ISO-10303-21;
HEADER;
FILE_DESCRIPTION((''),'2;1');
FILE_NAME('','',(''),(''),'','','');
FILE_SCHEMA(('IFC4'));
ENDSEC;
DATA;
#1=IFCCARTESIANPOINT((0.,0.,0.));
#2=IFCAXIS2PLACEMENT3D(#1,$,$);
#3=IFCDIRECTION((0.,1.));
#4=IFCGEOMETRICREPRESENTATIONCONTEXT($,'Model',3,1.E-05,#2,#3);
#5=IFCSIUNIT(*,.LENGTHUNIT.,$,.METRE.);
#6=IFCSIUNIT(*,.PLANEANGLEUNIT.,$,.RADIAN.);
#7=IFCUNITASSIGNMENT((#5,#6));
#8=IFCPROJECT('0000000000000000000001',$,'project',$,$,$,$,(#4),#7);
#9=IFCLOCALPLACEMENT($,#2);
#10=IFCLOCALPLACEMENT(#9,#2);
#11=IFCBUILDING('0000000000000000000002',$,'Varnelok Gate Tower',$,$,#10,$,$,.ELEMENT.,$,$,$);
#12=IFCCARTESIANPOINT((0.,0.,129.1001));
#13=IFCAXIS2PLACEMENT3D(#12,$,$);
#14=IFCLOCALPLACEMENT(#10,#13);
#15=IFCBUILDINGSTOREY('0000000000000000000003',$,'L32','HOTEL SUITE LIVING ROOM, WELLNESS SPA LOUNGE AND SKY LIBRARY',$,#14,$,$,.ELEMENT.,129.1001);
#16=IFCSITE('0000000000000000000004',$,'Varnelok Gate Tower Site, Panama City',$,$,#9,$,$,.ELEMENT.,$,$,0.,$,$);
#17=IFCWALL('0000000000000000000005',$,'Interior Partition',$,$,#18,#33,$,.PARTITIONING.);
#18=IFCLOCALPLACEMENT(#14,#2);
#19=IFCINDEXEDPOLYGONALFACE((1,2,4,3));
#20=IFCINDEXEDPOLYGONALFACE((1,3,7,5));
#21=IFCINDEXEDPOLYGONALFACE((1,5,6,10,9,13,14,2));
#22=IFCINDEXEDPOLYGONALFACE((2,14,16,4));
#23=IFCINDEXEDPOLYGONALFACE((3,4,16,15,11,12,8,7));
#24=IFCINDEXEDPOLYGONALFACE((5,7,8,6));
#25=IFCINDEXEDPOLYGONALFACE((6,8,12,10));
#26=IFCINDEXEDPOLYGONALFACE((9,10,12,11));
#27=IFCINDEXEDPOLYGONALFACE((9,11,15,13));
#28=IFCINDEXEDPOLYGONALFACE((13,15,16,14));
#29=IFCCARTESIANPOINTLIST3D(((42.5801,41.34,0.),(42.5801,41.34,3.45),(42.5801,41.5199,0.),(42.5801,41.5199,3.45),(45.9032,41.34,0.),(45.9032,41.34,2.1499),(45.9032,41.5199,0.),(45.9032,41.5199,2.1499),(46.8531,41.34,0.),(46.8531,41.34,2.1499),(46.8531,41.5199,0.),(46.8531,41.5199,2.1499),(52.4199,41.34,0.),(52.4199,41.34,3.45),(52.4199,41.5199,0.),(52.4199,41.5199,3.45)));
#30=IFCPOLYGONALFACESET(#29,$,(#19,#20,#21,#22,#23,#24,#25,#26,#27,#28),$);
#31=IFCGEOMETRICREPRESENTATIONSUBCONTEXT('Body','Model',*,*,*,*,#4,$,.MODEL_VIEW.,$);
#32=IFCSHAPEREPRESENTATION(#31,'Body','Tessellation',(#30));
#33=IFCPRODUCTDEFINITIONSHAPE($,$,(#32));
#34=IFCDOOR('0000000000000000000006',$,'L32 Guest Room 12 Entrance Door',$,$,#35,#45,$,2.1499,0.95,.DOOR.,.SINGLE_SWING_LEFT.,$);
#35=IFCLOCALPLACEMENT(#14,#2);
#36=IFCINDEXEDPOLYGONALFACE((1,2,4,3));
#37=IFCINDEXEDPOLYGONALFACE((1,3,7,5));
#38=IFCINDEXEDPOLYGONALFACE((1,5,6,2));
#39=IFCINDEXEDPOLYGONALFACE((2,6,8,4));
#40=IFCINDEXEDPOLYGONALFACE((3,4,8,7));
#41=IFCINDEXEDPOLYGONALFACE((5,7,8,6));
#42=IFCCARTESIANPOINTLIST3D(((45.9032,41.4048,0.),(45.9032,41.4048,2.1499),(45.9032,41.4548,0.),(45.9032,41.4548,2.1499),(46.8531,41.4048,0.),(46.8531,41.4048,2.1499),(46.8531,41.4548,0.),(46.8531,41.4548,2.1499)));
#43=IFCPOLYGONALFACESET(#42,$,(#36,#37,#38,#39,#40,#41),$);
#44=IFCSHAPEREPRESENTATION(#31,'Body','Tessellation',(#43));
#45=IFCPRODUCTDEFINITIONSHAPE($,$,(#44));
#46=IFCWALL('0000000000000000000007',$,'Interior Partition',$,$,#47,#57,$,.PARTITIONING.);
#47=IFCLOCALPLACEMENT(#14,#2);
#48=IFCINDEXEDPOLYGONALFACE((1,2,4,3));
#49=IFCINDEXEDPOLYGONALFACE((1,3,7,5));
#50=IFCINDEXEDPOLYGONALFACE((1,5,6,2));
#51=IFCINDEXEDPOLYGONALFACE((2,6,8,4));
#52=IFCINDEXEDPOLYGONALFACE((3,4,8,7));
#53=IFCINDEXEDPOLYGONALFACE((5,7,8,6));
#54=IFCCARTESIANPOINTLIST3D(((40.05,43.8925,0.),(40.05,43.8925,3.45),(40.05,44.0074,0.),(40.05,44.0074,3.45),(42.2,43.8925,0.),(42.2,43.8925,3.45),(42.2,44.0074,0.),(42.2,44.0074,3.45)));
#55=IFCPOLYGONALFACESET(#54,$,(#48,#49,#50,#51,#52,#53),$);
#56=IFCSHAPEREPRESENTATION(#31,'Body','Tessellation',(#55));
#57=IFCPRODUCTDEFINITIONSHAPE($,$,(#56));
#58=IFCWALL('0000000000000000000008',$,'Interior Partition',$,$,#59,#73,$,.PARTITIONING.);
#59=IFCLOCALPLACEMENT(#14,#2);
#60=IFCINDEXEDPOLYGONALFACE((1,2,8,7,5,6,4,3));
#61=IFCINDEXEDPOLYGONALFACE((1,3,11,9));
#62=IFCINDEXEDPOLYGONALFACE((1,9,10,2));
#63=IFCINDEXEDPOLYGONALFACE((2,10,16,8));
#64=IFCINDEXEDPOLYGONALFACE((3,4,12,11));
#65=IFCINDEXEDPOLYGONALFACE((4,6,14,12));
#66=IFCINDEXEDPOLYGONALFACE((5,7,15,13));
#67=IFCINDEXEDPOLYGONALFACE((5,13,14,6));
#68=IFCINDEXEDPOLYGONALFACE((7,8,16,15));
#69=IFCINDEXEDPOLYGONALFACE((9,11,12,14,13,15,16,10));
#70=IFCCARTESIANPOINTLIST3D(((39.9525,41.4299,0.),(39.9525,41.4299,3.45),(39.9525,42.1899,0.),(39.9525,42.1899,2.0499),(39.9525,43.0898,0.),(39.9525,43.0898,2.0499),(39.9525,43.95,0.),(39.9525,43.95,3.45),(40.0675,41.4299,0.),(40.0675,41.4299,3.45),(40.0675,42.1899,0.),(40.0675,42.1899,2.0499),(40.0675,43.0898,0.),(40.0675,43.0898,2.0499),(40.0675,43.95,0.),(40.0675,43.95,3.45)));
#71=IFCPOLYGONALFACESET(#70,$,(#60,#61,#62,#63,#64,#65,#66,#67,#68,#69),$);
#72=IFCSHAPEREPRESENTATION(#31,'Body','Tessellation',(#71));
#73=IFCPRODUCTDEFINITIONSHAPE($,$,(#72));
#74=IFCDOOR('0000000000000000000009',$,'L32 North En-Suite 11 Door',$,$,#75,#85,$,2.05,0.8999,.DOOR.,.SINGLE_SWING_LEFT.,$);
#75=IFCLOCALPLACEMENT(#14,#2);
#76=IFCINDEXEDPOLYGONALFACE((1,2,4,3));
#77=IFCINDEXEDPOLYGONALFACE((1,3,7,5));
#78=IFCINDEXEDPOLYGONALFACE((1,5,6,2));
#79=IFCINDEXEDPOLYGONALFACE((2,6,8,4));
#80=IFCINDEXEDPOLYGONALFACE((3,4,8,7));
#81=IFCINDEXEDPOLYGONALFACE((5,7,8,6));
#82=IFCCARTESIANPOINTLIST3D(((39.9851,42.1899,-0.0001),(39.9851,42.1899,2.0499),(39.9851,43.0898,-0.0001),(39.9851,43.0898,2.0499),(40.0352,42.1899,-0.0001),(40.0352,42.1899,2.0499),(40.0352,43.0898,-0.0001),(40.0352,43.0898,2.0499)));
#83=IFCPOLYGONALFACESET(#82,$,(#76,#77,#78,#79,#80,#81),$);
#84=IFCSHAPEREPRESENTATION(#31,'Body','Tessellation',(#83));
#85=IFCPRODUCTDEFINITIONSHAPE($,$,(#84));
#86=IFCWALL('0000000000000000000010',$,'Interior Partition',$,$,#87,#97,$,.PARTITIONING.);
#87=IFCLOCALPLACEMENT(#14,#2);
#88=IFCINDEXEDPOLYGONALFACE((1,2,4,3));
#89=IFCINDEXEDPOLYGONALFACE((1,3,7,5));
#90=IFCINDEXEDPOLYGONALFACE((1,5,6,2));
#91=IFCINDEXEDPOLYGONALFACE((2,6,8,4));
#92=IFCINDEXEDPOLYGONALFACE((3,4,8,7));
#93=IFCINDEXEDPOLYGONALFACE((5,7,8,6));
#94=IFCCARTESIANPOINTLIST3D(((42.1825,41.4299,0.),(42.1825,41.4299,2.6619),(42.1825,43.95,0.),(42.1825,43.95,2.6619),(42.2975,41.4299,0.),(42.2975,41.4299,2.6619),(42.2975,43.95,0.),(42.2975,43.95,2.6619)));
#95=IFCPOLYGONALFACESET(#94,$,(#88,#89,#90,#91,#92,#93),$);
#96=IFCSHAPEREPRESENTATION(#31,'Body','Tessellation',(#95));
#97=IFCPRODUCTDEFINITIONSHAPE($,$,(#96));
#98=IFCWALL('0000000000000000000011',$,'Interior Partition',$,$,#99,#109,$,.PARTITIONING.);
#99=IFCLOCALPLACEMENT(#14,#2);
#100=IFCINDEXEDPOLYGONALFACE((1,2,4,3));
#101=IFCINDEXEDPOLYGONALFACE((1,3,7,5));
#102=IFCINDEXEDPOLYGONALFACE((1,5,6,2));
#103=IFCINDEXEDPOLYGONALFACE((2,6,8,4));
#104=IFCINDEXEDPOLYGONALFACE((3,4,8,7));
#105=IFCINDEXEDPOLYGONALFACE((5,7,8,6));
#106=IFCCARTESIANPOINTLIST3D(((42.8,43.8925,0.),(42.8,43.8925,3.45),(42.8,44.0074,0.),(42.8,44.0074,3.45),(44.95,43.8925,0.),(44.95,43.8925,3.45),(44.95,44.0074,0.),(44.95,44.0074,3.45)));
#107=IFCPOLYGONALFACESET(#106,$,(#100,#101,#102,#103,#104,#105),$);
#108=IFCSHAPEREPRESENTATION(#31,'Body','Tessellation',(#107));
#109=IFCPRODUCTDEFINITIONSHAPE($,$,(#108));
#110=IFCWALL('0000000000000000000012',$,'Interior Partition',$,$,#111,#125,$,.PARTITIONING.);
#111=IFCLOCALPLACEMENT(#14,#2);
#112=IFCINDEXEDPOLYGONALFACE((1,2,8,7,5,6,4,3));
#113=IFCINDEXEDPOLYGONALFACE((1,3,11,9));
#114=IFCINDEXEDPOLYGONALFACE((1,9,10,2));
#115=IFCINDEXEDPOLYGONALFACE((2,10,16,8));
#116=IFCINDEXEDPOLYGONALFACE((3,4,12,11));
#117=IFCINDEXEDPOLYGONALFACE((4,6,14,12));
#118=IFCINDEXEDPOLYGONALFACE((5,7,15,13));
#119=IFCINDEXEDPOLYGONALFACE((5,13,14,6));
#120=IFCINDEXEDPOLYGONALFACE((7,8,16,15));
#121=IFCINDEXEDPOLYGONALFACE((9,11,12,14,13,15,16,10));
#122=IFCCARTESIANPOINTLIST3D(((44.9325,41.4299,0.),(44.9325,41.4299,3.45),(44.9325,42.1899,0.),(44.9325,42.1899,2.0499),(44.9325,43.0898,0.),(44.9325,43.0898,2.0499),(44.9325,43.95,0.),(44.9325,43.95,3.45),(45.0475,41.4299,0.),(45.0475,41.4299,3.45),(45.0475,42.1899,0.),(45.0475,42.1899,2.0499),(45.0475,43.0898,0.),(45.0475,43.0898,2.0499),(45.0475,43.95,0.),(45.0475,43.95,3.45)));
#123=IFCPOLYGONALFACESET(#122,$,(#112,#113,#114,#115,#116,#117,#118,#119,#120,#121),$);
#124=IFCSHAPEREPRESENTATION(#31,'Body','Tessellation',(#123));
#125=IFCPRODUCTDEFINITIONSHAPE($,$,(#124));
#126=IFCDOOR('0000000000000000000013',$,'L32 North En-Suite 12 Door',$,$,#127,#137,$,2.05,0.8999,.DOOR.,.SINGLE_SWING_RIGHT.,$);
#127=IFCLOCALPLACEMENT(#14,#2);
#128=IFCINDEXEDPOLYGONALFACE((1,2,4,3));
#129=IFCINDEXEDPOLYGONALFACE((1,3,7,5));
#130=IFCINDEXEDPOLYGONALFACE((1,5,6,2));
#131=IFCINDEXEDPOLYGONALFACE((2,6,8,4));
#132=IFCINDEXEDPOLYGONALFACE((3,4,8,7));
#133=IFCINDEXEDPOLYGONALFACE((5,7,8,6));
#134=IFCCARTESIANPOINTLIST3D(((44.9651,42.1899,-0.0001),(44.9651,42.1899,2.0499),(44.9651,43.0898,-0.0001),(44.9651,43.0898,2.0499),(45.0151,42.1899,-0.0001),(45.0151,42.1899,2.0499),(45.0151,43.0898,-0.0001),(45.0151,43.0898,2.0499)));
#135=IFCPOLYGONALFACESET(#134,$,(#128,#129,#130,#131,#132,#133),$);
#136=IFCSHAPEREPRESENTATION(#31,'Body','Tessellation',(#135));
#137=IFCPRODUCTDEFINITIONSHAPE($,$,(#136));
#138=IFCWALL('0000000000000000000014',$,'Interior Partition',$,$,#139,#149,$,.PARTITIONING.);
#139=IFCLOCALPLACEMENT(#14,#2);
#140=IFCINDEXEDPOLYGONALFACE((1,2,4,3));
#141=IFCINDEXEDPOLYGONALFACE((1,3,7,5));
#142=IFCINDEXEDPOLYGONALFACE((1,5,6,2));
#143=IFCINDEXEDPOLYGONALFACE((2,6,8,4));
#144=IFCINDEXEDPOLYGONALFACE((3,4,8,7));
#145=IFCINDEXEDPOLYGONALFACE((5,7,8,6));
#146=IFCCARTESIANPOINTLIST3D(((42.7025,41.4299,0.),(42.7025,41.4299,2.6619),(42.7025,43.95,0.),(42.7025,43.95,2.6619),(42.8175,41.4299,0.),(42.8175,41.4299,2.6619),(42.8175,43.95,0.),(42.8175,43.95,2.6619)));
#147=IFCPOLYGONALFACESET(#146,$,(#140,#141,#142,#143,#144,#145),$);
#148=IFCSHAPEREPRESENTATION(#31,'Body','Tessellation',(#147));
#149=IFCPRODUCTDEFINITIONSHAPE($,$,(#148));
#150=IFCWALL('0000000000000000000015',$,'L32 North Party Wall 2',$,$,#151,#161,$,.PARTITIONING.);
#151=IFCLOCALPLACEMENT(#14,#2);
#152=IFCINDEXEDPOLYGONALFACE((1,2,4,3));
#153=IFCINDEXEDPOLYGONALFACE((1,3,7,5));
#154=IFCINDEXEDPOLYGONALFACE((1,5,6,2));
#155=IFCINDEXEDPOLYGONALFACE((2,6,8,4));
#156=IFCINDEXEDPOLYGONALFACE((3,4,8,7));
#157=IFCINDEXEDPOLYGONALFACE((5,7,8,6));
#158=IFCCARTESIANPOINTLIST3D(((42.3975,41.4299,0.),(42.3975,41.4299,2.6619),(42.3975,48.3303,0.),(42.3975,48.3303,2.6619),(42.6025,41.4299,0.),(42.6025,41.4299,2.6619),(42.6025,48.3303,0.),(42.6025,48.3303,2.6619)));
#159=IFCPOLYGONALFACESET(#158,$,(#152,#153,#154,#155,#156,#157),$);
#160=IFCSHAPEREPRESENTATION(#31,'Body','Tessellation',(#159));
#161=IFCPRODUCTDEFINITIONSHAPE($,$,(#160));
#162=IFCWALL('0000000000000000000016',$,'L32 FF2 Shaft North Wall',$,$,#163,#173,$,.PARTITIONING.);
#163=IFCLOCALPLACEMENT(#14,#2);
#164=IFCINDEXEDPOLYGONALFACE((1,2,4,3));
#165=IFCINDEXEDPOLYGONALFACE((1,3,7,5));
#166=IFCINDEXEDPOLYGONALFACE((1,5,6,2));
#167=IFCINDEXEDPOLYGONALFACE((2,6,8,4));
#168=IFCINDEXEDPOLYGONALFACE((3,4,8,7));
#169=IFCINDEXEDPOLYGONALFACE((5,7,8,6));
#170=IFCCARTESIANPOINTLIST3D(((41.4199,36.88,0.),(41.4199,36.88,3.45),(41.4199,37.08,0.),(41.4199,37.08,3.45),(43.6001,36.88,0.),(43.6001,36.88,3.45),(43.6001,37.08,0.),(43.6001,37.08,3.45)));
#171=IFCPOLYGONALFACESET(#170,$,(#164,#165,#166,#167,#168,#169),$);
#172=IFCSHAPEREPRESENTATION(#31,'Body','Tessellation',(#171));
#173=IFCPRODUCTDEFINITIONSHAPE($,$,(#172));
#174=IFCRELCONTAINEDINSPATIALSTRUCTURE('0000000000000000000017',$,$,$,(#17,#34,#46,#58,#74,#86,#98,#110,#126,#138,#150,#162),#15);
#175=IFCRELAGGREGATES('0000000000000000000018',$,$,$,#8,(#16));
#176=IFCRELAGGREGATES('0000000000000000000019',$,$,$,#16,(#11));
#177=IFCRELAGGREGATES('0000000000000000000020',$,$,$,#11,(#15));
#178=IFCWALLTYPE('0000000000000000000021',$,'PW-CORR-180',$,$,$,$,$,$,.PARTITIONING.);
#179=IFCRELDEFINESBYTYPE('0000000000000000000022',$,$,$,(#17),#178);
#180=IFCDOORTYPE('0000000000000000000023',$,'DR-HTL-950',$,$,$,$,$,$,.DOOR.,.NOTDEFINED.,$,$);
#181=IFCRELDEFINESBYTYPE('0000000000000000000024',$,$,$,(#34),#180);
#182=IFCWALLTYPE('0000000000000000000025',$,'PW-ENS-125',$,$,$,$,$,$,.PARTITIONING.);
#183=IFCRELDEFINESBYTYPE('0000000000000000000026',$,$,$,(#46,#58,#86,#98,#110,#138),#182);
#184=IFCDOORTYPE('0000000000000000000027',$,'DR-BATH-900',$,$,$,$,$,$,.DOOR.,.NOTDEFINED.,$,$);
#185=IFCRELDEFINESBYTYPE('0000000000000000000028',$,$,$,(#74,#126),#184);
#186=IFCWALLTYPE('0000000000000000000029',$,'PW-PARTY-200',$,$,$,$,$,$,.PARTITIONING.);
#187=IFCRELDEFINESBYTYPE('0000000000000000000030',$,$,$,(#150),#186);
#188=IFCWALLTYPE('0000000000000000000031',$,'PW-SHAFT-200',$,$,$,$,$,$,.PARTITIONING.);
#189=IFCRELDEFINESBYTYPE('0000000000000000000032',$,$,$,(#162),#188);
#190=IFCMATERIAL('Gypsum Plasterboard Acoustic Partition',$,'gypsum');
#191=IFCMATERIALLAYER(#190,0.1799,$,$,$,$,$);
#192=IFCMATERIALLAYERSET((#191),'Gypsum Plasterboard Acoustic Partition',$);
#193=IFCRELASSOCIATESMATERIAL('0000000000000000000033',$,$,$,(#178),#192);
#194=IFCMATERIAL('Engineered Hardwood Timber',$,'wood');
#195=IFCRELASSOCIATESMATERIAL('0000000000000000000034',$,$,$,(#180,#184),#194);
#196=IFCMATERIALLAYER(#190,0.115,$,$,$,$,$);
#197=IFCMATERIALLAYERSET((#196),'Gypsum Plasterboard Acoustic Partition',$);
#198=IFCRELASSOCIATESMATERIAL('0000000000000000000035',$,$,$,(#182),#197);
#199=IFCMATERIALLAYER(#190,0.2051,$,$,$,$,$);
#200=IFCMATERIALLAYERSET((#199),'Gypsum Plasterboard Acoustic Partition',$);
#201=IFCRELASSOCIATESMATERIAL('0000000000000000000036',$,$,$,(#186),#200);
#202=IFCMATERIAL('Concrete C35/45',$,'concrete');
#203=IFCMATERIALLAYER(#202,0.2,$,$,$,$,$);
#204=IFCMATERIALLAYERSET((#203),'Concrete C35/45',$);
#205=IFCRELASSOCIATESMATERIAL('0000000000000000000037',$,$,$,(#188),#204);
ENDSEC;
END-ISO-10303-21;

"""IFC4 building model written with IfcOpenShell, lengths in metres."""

from ifc_helpers import new_model, si_unit, direction, frame, frame_2d, origin, place, context, subcontext, project, spatial, rectangle, extrude, material, layer, layer_set, type_object, element, fill, save


model = new_model("IFC4")

# Units and contexts
model_context = context("Model", 3, precision=1e-05, world=origin(), true_north=direction((0.0, 1.0)))
body_context = subcontext(model_context, "Body", "Model", "MODEL_VIEW")
ifc_project = project(units=[si_unit("LENGTHUNIT", "METRE"), si_unit("PLANEANGLEUNIT", "RADIAN")], contexts=[model_context])

# Site, building, storey
site_placement = place(None, origin())
site = spatial("IfcSite", under=ifc_project, at=site_placement, Name="Varnelok Gate Tower Site, Panama City", CompositionType="ELEMENT", RefElevation=0.0)
building_placement = place(site_placement, origin())
building = spatial("IfcBuilding", under=site, at=building_placement, Name="Varnelok Gate Tower", CompositionType="ELEMENT")
storey_placement = place(building_placement, frame((0.0, 0.0, 129.1001)))
storey = spatial("IfcBuildingStorey", under=building, at=storey_placement, Name="L32", Description="HOTEL SUITE LIVING ROOM, WELLNESS SPA LOUNGE AND SKY LIBRARY", CompositionType="ELEMENT", Elevation=129.1001)

# Wall, opening, door
ifc_material_1 = material(Name="Gypsum Plasterboard Acoustic Partition", Category="gypsum")
ifc_layer_1 = layer(ifc_material_1, 0.1799)
ifc_layer_set_1 = layer_set([ifc_layer_1], Name="Gypsum Plasterboard Acoustic Partition")
wall_type_1 = type_object("IfcWallType", Name="PW-CORR-180", PredefinedType="PARTITIONING", material=ifc_layer_set_1)
wall_1_placement = place(storey_placement, frame((42.5801, 41.4299, 0.0), z_axis=(0.0, 0.0, 1.0), x_axis=(1.0, 0.0, 0.0)))
wall_1 = element("IfcWall", 1, at=wall_1_placement, inside=storey, type_object=wall_type_1, Name="Interior Partition", PredefinedType="PARTITIONING", context=body_context, shape_type="SweptSolid", body=[
    extrude(rectangle(XDim=9.8398, YDim=0.1799, at=frame_2d((4.9199, 0.0))), origin(), (0.0, 0.0, 1.0), 3.45),
])
opening_1_placement = place(wall_1_placement, frame((3.323, 0.0, 0.0)))
opening_1 = element("IfcOpeningElement", 2, at=opening_1_placement, cuts=wall_1, PredefinedType="OPENING", context=body_context, shape_type="SweptSolid", body=[
    extrude(rectangle(XDim=0.95, YDim=2.1499, at=frame_2d((0.4751, 1.075))), frame((0.0, 0.0999, 0.0), z_axis=(0.0, -1.0, 0.0), x_axis=(1.0, 0.0, 0.0)), (0.0, 0.0, 1.0), 0.2),
])
ifc_material_2 = material(Name="Engineered Hardwood Timber", Category="wood")
door_type_1 = type_object("IfcDoorType", Name="DR-HTL-950", OperationType="NOTDEFINED", PredefinedType="DOOR", material=ifc_material_2)
door_1_placement = place(opening_1_placement, origin())
door_1 = element("IfcDoor", 3, at=door_1_placement, inside=storey, type_object=door_type_1, Name="L32 Guest Room 12 Entrance Door", OperationType="SINGLE_SWING_LEFT", OverallHeight=2.1499, OverallWidth=0.95, PredefinedType="DOOR", context=body_context, shape_type="SweptSolid", body=[
    extrude(rectangle(XDim=0.95, YDim=2.1499, at=frame_2d((0.4751, 1.075))), frame((0.0, 0.0249, 0.0), z_axis=(0.0, -1.0, 0.0), x_axis=(1.0, 0.0, 0.0)), (0.0, 0.0, 1.0), 0.05),
])
fill(opening_1, door_1)

# Wall
ifc_layer_2 = layer(ifc_material_1, 0.115)
ifc_layer_set_2 = layer_set([ifc_layer_2], Name="Gypsum Plasterboard Acoustic Partition")
wall_type_2 = type_object("IfcWallType", Name="PW-ENS-125", PredefinedType="PARTITIONING", material=ifc_layer_set_2)
wall_2_placement = place(storey_placement, frame((40.05, 43.95, 0.0), z_axis=(0.0, 0.0, 1.0), x_axis=(1.0, 0.0, 0.0)))
element("IfcWall", 4, at=wall_2_placement, inside=storey, type_object=wall_type_2, Name="Interior Partition", PredefinedType="PARTITIONING", context=body_context, shape_type="SweptSolid", body=[
    extrude(rectangle(XDim=2.1499, YDim=0.115, at=frame_2d((1.075, 0.0))), origin(), (0.0, 0.0, 1.0), 3.45),
])

# Wall, opening, door
wall_3_placement = place(storey_placement, frame((40.01, 41.4299, 0.0), z_axis=(0.0, 0.0, 1.0), x_axis=(0.0, 1.0, 0.0)))
wall_3 = element("IfcWall", 5, at=wall_3_placement, inside=storey, type_object=wall_type_2, Name="Interior Partition", PredefinedType="PARTITIONING", context=body_context, shape_type="SweptSolid", body=[
    extrude(rectangle(XDim=2.52, YDim=0.115, at=frame_2d((1.26, 0.0))), origin(), (0.0, 0.0, 1.0), 3.45),
])
opening_2_placement = place(wall_3_placement, frame((0.76, 0.0, 0.0)))
opening_2 = element("IfcOpeningElement", 6, at=opening_2_placement, cuts=wall_3, PredefinedType="OPENING", context=body_context, shape_type="SweptSolid", body=[
    extrude(rectangle(XDim=0.8999, YDim=2.05, at=frame_2d((0.45, 1.0249))), frame((0.0, 0.0674, 0.0), z_axis=(0.0, -1.0, 0.0), x_axis=(1.0, 0.0, 0.0)), (0.0, 0.0, 1.0), 0.135),
])
door_type_2 = type_object("IfcDoorType", Name="DR-BATH-900", OperationType="NOTDEFINED", PredefinedType="DOOR", material=ifc_material_2)
door_2_placement = place(opening_2_placement, origin())
door_2 = element("IfcDoor", 7, at=door_2_placement, inside=storey, type_object=door_type_2, Name="L32 North En-Suite 11 Door", OperationType="SINGLE_SWING_LEFT", OverallHeight=2.05, OverallWidth=0.8999, PredefinedType="DOOR", context=body_context, shape_type="SweptSolid", body=[
    extrude(rectangle(XDim=0.8999, YDim=2.05, at=frame_2d((0.45, 1.0249))), frame((0.0, 0.0249, 0.0), z_axis=(0.0, -1.0, 0.0), x_axis=(1.0, 0.0, 0.0)), (0.0, 0.0, 1.0), 0.05),
])
fill(opening_2, door_2)

# Walls
wall_4_placement = place(storey_placement, frame((42.24, 41.4299, 0.0), z_axis=(0.0, 0.0, 1.0), x_axis=(0.0, 1.0, 0.0)))
element("IfcWall", 8, at=wall_4_placement, inside=storey, type_object=wall_type_2, Name="Interior Partition", PredefinedType="PARTITIONING", context=body_context, shape_type="SweptSolid", body=[
    extrude(rectangle(XDim=2.52, YDim=0.115, at=frame_2d((1.26, 0.0))), origin(), (0.0, 0.0, 1.0), 2.6619),
])
wall_5_placement = place(storey_placement, frame((42.8, 43.95, 0.0), z_axis=(0.0, 0.0, 1.0), x_axis=(1.0, 0.0, 0.0)))
element("IfcWall", 9, at=wall_5_placement, inside=storey, type_object=wall_type_2, Name="Interior Partition", PredefinedType="PARTITIONING", context=body_context, shape_type="SweptSolid", body=[
    extrude(rectangle(XDim=2.1499, YDim=0.115, at=frame_2d((1.075, 0.0))), origin(), (0.0, 0.0, 1.0), 3.45),
])

# Wall, opening, door
wall_6_placement = place(storey_placement, frame((44.99, 41.4299, 0.0), z_axis=(0.0, 0.0, 1.0), x_axis=(0.0, 1.0, 0.0)))
wall_6 = element("IfcWall", 10, at=wall_6_placement, inside=storey, type_object=wall_type_2, Name="Interior Partition", PredefinedType="PARTITIONING", context=body_context, shape_type="SweptSolid", body=[
    extrude(rectangle(XDim=2.52, YDim=0.115, at=frame_2d((1.26, 0.0))), origin(), (0.0, 0.0, 1.0), 3.45),
])
opening_3_placement = place(wall_6_placement, frame((0.76, 0.0, 0.0)))
opening_3 = element("IfcOpeningElement", 11, at=opening_3_placement, cuts=wall_6, PredefinedType="OPENING", context=body_context, shape_type="SweptSolid", body=[
    extrude(rectangle(XDim=0.8999, YDim=2.05, at=frame_2d((0.45, 1.0249))), frame((0.0, 0.0674, 0.0), z_axis=(0.0, -1.0, 0.0), x_axis=(1.0, 0.0, 0.0)), (0.0, 0.0, 1.0), 0.135),
])
door_3_placement = place(opening_3_placement, origin())
door_3 = element("IfcDoor", 12, at=door_3_placement, inside=storey, type_object=door_type_2, Name="L32 North En-Suite 12 Door", OperationType="SINGLE_SWING_RIGHT", OverallHeight=2.05, OverallWidth=0.8999, PredefinedType="DOOR", context=body_context, shape_type="SweptSolid", body=[
    extrude(rectangle(XDim=0.8999, YDim=2.05, at=frame_2d((0.45, 1.0249))), frame((0.0, 0.0249, 0.0), z_axis=(0.0, -1.0, 0.0), x_axis=(1.0, 0.0, 0.0)), (0.0, 0.0, 1.0), 0.05),
])
fill(opening_3, door_3)

# Walls
wall_7_placement = place(storey_placement, frame((42.76, 41.4299, 0.0), z_axis=(0.0, 0.0, 1.0), x_axis=(0.0, 1.0, 0.0)))
element("IfcWall", 13, at=wall_7_placement, inside=storey, type_object=wall_type_2, Name="Interior Partition", PredefinedType="PARTITIONING", context=body_context, shape_type="SweptSolid", body=[
    extrude(rectangle(XDim=2.52, YDim=0.115, at=frame_2d((1.26, 0.0))), origin(), (0.0, 0.0, 1.0), 2.6619),
])
ifc_layer_3 = layer(ifc_material_1, 0.2051)
ifc_layer_set_3 = layer_set([ifc_layer_3], Name="Gypsum Plasterboard Acoustic Partition")
wall_type_3 = type_object("IfcWallType", Name="PW-PARTY-200", PredefinedType="PARTITIONING", material=ifc_layer_set_3)
wall_8_placement = place(storey_placement, frame((42.5, 41.4299, 0.0), z_axis=(0.0, 0.0, 1.0), x_axis=(0.0, 1.0, 0.0)))
element("IfcWall", 14, at=wall_8_placement, inside=storey, type_object=wall_type_3, Name="L32 North Party Wall 2", PredefinedType="PARTITIONING", context=body_context, shape_type="SweptSolid", body=[
    extrude(rectangle(XDim=6.9004, YDim=0.2051, at=frame_2d((3.4502, 0.0))), origin(), (0.0, 0.0, 1.0), 2.6619),
])
ifc_material_3 = material(Name="Concrete C35/45", Category="concrete")
ifc_layer_4 = layer(ifc_material_3, 0.2)
ifc_layer_set_4 = layer_set([ifc_layer_4], Name="Concrete C35/45")
wall_type_4 = type_object("IfcWallType", Name="PW-SHAFT-200", PredefinedType="PARTITIONING", material=ifc_layer_set_4)
wall_9_placement = place(storey_placement, frame((41.4199, 36.98, 0.0), z_axis=(0.0, 0.0, 1.0), x_axis=(1.0, 0.0, 0.0)))
element("IfcWall", 15, at=wall_9_placement, inside=storey, type_object=wall_type_4, Name="L32 FF2 Shaft North Wall", PredefinedType="PARTITIONING", context=body_context, shape_type="SweptSolid", body=[
    extrude(rectangle(XDim=2.1802, YDim=0.2, at=frame_2d((1.0901, 0.0))), origin(), (0.0, 0.0, 1.0), 3.45),
])

save(model, "model.ifc")
